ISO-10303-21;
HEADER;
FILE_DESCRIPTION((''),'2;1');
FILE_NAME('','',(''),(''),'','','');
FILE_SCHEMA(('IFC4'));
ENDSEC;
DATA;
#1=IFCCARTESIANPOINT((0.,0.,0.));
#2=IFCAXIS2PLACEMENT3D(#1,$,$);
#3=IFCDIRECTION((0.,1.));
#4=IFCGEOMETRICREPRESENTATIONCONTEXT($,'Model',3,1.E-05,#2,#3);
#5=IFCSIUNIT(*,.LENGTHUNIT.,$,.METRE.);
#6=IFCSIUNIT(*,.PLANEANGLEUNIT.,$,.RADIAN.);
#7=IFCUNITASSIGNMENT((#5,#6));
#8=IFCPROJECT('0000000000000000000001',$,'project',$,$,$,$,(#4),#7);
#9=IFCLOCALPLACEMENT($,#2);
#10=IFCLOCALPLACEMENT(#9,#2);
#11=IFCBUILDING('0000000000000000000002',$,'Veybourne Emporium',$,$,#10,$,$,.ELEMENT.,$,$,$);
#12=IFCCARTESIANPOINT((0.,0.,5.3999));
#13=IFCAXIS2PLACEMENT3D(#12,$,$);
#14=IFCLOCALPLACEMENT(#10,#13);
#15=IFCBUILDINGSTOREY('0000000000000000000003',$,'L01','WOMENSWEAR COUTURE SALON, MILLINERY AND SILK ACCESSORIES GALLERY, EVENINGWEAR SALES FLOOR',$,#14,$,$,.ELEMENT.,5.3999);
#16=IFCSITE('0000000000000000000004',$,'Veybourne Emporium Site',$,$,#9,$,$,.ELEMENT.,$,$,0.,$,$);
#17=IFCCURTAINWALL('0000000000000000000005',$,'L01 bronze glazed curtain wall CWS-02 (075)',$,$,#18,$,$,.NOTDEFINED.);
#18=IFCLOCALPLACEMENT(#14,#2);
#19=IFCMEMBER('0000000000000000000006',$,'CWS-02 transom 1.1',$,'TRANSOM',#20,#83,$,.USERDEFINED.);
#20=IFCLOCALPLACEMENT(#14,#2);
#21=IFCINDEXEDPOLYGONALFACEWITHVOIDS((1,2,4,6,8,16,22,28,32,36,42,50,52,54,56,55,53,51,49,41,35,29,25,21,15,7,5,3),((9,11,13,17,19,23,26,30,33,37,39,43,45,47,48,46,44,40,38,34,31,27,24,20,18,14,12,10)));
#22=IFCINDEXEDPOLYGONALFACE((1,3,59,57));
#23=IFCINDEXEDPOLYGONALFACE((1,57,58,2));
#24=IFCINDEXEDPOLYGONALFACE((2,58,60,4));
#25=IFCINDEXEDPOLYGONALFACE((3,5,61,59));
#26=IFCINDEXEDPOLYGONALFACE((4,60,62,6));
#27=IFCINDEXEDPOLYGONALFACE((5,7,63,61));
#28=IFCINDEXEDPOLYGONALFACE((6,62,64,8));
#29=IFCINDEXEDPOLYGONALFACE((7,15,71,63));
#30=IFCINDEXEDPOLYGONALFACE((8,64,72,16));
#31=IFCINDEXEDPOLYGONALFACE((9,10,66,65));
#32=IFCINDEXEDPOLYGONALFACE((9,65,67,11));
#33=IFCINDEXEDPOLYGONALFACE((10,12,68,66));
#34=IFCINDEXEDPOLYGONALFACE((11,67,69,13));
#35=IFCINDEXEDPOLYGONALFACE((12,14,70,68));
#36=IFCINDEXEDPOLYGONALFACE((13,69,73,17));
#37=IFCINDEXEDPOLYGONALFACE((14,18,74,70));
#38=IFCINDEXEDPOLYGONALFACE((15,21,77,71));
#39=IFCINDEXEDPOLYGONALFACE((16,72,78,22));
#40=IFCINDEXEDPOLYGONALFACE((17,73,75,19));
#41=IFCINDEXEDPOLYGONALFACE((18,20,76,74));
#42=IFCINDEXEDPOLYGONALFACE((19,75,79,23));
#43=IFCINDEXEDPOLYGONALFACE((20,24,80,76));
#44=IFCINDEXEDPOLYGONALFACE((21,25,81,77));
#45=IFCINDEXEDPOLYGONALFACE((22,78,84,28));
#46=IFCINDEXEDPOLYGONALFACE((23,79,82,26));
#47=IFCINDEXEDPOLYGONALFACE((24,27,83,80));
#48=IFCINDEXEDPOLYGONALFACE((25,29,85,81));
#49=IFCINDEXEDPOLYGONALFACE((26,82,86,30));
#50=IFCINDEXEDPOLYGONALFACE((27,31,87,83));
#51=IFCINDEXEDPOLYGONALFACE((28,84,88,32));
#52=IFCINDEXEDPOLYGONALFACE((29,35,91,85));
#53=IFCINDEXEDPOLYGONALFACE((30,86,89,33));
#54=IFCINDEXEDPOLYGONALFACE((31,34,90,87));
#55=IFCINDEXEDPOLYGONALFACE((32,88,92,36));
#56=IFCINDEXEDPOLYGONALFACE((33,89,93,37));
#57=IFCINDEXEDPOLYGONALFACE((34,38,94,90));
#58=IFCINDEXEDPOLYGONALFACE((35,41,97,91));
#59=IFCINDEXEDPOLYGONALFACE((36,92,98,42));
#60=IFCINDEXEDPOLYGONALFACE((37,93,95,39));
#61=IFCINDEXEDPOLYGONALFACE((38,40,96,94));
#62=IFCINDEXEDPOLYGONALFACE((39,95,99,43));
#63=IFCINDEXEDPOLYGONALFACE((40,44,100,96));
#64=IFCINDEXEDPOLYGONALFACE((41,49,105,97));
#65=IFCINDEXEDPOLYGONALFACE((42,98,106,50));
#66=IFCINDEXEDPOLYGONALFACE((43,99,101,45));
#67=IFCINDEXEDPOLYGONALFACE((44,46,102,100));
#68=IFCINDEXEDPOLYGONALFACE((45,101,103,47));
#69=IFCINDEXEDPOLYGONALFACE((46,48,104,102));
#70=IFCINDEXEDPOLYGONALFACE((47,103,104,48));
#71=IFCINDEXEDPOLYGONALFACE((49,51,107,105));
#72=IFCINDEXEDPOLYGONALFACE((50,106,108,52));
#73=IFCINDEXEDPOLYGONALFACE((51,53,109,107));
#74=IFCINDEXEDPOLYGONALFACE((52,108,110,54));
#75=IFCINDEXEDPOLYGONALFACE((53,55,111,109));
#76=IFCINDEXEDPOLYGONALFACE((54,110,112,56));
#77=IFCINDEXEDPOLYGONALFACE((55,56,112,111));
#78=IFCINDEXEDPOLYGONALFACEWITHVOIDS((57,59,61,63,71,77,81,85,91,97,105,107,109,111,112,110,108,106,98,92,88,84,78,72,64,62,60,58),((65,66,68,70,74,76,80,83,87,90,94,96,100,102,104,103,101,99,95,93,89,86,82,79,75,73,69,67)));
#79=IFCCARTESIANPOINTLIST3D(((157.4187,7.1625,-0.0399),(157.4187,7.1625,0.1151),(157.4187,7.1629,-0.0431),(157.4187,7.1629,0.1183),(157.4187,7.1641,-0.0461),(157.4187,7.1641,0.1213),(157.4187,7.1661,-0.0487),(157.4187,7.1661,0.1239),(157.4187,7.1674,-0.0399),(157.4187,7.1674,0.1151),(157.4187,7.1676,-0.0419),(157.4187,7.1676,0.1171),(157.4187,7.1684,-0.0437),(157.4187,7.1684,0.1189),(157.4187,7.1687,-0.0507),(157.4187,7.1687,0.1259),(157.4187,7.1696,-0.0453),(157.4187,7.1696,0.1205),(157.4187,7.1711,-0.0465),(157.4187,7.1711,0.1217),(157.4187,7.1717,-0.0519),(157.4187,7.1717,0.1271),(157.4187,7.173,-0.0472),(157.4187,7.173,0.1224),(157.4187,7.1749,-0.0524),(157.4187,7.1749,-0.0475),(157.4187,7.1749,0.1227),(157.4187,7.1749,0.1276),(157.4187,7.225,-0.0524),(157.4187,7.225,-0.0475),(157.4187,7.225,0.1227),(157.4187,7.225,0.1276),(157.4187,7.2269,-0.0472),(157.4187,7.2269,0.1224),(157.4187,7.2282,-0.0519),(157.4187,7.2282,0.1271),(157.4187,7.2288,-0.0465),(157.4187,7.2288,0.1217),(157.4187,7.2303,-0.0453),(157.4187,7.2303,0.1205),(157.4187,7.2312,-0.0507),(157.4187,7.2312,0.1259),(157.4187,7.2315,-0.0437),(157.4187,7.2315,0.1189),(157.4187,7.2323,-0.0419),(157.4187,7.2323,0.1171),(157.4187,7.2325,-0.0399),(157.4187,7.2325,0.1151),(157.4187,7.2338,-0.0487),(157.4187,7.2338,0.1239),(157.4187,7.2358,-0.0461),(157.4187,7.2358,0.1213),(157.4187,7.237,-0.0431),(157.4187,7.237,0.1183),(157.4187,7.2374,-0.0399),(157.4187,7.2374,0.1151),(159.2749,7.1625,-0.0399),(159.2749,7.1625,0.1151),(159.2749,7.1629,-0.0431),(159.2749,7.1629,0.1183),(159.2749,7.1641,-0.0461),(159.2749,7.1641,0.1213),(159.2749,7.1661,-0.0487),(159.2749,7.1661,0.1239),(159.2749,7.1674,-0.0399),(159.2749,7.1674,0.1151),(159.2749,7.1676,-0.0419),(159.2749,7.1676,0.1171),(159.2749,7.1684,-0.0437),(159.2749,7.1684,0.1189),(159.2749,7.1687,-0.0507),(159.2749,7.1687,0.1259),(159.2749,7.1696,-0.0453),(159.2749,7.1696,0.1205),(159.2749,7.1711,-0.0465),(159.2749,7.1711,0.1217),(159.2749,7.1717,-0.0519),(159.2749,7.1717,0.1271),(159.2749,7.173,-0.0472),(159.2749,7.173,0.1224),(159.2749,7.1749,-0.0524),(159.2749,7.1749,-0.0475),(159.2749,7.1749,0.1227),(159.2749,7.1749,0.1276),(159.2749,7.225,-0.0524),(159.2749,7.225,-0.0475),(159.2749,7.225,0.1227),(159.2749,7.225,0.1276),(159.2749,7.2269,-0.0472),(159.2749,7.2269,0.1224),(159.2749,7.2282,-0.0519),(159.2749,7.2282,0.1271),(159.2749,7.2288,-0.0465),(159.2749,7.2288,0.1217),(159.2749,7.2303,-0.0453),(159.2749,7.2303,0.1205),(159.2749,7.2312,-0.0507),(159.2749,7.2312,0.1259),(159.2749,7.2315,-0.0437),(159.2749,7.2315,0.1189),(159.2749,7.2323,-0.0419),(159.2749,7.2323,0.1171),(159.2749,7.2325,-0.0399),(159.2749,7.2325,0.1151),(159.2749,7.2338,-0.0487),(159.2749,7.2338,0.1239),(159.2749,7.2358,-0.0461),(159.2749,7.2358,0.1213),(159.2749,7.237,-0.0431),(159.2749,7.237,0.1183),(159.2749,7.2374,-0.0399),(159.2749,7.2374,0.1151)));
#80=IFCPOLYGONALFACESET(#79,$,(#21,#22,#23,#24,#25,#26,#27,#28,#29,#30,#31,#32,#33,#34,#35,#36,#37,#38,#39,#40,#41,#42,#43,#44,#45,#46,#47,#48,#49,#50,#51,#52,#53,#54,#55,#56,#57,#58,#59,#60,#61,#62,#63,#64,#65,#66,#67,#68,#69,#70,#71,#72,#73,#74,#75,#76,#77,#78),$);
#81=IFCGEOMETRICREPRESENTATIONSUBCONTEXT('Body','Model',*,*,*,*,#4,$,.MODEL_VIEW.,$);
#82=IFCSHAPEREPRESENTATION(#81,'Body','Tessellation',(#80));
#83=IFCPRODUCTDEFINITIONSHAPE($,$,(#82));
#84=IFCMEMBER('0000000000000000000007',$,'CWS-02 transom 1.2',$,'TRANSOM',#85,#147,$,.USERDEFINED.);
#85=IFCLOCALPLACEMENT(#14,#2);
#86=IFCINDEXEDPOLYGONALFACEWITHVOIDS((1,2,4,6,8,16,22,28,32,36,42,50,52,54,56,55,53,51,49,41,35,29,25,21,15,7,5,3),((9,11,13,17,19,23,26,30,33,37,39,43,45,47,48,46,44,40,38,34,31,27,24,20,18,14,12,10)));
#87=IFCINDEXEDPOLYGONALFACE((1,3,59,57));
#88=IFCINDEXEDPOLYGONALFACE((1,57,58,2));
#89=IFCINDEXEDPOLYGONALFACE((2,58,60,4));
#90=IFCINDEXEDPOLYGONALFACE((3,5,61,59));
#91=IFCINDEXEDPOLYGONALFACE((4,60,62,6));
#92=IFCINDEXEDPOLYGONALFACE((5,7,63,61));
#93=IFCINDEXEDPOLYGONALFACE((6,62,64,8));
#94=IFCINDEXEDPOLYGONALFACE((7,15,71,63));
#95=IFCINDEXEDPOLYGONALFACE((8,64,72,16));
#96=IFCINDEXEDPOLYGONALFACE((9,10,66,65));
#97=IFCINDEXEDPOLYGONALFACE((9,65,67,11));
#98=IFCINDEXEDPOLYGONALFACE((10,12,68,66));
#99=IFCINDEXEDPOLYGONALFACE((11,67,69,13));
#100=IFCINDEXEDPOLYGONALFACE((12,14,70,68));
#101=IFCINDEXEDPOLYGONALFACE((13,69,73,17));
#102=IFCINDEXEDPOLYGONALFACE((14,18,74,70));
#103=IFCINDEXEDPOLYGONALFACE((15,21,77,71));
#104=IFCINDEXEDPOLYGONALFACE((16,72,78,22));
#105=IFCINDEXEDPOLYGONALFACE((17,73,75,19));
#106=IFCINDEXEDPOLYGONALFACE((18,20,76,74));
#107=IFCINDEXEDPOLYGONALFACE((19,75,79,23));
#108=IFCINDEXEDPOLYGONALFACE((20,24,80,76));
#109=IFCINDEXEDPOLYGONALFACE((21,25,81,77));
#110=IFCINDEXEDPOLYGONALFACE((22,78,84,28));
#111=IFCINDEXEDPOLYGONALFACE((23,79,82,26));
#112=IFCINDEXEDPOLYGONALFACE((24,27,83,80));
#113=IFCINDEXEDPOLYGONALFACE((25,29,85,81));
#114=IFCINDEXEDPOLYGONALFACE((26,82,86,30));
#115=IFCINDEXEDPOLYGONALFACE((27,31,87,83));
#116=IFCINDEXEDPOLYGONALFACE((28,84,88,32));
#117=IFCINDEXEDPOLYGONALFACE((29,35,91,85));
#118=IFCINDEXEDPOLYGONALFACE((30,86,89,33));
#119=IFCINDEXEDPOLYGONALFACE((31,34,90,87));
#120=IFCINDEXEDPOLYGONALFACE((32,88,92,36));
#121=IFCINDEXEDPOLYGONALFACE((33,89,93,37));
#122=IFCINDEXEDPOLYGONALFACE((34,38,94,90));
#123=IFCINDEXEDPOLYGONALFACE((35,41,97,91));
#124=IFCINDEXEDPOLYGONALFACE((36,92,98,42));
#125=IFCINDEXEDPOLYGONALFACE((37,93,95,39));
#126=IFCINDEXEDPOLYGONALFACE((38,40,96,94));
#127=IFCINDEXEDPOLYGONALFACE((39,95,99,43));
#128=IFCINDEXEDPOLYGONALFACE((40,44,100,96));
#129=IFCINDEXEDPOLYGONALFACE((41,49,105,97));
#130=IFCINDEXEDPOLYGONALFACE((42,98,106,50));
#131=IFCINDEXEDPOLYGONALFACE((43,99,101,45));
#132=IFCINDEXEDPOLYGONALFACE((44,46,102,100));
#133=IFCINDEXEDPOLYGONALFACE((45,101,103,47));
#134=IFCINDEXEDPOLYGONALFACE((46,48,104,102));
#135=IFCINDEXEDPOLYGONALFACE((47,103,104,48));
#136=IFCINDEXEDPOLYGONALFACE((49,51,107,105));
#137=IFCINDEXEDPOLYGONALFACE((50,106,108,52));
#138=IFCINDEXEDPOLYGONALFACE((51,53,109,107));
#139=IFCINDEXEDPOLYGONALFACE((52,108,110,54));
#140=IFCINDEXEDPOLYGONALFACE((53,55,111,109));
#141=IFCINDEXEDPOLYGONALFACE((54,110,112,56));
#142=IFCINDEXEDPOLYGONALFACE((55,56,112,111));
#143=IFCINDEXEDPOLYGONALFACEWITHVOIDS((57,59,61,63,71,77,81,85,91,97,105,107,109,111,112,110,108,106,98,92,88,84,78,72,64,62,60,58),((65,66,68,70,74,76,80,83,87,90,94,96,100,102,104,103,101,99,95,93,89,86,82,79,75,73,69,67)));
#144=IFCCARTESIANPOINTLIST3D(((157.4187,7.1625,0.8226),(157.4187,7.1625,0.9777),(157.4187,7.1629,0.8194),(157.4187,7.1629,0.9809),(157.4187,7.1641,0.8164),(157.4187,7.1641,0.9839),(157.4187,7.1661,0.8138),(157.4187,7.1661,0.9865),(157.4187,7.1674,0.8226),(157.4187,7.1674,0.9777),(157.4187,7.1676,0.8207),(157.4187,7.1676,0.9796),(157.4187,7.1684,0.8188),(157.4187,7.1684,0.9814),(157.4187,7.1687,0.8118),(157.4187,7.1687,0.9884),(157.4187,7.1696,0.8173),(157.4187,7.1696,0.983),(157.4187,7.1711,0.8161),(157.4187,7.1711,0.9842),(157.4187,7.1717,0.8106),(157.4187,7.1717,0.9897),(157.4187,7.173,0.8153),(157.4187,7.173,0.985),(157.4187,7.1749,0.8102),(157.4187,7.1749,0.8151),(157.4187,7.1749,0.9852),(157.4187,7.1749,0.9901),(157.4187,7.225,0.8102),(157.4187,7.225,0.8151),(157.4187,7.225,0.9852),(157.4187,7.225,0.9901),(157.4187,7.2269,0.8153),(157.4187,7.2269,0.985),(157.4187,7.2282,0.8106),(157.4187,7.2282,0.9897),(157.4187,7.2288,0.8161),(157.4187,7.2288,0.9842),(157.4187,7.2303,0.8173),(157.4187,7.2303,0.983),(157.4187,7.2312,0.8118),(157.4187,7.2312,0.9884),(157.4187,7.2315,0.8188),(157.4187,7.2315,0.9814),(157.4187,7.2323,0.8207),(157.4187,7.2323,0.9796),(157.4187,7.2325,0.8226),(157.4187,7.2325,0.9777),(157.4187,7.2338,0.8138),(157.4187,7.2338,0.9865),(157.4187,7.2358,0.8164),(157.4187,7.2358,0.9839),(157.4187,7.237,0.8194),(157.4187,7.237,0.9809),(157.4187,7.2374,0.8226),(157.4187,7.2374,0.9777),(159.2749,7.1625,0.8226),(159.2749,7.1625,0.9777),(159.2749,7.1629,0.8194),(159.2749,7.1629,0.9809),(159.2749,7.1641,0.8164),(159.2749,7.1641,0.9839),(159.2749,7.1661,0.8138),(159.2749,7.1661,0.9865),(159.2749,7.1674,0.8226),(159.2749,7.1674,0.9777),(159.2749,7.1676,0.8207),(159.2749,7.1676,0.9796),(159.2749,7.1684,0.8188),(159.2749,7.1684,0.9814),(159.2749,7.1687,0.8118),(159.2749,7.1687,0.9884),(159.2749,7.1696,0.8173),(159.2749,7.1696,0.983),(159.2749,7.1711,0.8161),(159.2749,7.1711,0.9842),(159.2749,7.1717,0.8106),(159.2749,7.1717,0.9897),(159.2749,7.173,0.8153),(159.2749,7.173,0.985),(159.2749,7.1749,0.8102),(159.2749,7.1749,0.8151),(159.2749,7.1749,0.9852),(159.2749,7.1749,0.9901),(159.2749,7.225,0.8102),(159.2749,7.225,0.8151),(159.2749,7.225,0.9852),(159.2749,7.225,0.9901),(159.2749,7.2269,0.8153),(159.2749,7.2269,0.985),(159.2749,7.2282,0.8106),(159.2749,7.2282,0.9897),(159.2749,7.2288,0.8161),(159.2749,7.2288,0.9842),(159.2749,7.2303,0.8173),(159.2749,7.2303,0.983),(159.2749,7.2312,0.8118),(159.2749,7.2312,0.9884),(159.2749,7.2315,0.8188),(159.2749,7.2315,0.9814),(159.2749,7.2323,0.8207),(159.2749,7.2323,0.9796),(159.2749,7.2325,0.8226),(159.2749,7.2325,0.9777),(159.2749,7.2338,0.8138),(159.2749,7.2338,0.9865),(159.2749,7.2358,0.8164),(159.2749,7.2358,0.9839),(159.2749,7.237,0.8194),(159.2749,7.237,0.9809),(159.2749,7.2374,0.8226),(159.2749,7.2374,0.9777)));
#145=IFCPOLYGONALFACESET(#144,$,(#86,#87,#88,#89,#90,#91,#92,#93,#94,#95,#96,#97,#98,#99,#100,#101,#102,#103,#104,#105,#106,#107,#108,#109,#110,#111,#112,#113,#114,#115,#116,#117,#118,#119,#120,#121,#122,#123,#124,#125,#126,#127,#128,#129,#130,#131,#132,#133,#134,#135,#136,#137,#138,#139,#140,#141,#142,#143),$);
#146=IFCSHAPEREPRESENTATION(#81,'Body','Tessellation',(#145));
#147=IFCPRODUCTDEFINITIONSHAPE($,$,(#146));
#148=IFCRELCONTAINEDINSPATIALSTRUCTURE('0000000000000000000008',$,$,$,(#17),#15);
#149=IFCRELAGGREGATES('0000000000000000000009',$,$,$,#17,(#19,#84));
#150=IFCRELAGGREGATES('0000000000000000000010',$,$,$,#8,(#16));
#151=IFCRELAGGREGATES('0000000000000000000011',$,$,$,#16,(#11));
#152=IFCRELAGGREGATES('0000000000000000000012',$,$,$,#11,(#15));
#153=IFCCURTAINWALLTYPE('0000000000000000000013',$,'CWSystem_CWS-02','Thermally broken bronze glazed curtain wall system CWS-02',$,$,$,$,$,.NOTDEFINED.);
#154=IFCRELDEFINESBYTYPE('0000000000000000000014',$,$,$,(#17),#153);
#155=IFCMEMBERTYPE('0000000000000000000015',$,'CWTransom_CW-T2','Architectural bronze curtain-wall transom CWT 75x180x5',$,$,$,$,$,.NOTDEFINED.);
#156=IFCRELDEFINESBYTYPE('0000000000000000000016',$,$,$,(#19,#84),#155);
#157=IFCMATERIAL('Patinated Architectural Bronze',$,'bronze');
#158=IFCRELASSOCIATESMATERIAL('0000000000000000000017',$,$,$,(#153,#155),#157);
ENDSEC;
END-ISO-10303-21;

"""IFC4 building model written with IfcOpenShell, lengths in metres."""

from ifc_helpers import new_model, si_unit, direction, frame, origin, origin_2d, place, context, subcontext, project, spatial, hollow_rectangle, extrude, material, material_profile, profile_set, type_object, element, aggregate, save


model = new_model("IFC4")

# Units and contexts
model_context = context("Model", 3, precision=1e-05, world=origin(), true_north=direction((0.0, 1.0)))
body_context = subcontext(model_context, "Body", "Model", "MODEL_VIEW")
ifc_project = project(units=[si_unit("LENGTHUNIT", "METRE"), si_unit("PLANEANGLEUNIT", "RADIAN")], contexts=[model_context])

# Site, building, storey
site_placement = place(None, origin())
site = spatial("IfcSite", under=ifc_project, at=site_placement, Name="Veybourne Emporium Site", CompositionType="ELEMENT", RefElevation=0.0)
building_placement = place(site_placement, origin())
building = spatial("IfcBuilding", under=site, at=building_placement, Name="Veybourne Emporium", CompositionType="ELEMENT")
storey_placement = place(building_placement, frame((0.0, 0.0, 5.3999)))
storey = spatial("IfcBuildingStorey", under=building, at=storey_placement, Name="L01", Description="WOMENSWEAR COUTURE SALON, MILLINERY AND SILK ACCESSORIES GALLERY, EVENINGWEAR SALES FLOOR", CompositionType="ELEMENT", Elevation=5.3999)

# Curtain wall
ifc_material_1 = material(Name="Patinated Architectural Bronze", Category="bronze")
curtain_wall_type_1 = type_object("IfcCurtainWallType", Name="CWSystem_CWS-02", Description="Thermally broken bronze glazed curtain wall system CWS-02", PredefinedType="NOTDEFINED", material=ifc_material_1)
curtain_wall_1_placement = place(storey_placement, origin())
curtain_wall_1 = element("IfcCurtainWall", 1, at=curtain_wall_1_placement, inside=storey, type_object=curtain_wall_type_1, Name="L01 bronze glazed curtain wall CWS-02 (075)", PredefinedType="NOTDEFINED")

# Members
ifc_material_profile_1 = material_profile(ifc_material_1, hollow_rectangle(XDim=0.075, YDim=0.1799, WallThickness=0.0049, InnerFilletRadius=0.0076, OuterFilletRadius=0.0125, at=origin_2d()), Name="CWT 75x180x5")
ifc_profile_set_1 = profile_set([ifc_material_profile_1], Name="Patinated Architectural Bronze")
member_type_1 = type_object("IfcMemberType", Name="CWTransom_CW-T2", Description="Architectural bronze curtain-wall transom CWT 75x180x5", PredefinedType="NOTDEFINED", material=ifc_profile_set_1)
member_1_placement = place(storey_placement, frame((159.2749, 7.2, 0.0376), z_axis=(-1.0, 0.0, 0.0), x_axis=(0.0, -1.0, 0.0)))
member_1 = element("IfcMember", 2, at=member_1_placement, type_object=member_type_1, Name="CWS-02 transom 1.1", ObjectType="TRANSOM", PredefinedType="USERDEFINED", context=body_context, shape_type="SweptSolid", body=[
    extrude(hollow_rectangle(XDim=0.075, YDim=0.1799, WallThickness=0.0049, InnerFilletRadius=0.0076, OuterFilletRadius=0.0125, at=origin_2d()), origin(), (0.0, 0.0, 1.0), 1.8562),
])
member_2_placement = place(storey_placement, frame((159.2749, 7.2, 0.9001), z_axis=(-1.0, 0.0, 0.0), x_axis=(0.0, -1.0, 0.0)))
member_2 = element("IfcMember", 3, at=member_2_placement, type_object=member_type_1, Name="CWS-02 transom 1.2", ObjectType="TRANSOM", PredefinedType="USERDEFINED", context=body_context, shape_type="SweptSolid", body=[
    extrude(hollow_rectangle(XDim=0.075, YDim=0.1799, WallThickness=0.0049, InnerFilletRadius=0.0076, OuterFilletRadius=0.0125, at=origin_2d()), origin(), (0.0, 0.0, 1.0), 1.8562),
])

aggregate(curtain_wall_1, [member_1, member_2])

save(model, "model.ifc")
